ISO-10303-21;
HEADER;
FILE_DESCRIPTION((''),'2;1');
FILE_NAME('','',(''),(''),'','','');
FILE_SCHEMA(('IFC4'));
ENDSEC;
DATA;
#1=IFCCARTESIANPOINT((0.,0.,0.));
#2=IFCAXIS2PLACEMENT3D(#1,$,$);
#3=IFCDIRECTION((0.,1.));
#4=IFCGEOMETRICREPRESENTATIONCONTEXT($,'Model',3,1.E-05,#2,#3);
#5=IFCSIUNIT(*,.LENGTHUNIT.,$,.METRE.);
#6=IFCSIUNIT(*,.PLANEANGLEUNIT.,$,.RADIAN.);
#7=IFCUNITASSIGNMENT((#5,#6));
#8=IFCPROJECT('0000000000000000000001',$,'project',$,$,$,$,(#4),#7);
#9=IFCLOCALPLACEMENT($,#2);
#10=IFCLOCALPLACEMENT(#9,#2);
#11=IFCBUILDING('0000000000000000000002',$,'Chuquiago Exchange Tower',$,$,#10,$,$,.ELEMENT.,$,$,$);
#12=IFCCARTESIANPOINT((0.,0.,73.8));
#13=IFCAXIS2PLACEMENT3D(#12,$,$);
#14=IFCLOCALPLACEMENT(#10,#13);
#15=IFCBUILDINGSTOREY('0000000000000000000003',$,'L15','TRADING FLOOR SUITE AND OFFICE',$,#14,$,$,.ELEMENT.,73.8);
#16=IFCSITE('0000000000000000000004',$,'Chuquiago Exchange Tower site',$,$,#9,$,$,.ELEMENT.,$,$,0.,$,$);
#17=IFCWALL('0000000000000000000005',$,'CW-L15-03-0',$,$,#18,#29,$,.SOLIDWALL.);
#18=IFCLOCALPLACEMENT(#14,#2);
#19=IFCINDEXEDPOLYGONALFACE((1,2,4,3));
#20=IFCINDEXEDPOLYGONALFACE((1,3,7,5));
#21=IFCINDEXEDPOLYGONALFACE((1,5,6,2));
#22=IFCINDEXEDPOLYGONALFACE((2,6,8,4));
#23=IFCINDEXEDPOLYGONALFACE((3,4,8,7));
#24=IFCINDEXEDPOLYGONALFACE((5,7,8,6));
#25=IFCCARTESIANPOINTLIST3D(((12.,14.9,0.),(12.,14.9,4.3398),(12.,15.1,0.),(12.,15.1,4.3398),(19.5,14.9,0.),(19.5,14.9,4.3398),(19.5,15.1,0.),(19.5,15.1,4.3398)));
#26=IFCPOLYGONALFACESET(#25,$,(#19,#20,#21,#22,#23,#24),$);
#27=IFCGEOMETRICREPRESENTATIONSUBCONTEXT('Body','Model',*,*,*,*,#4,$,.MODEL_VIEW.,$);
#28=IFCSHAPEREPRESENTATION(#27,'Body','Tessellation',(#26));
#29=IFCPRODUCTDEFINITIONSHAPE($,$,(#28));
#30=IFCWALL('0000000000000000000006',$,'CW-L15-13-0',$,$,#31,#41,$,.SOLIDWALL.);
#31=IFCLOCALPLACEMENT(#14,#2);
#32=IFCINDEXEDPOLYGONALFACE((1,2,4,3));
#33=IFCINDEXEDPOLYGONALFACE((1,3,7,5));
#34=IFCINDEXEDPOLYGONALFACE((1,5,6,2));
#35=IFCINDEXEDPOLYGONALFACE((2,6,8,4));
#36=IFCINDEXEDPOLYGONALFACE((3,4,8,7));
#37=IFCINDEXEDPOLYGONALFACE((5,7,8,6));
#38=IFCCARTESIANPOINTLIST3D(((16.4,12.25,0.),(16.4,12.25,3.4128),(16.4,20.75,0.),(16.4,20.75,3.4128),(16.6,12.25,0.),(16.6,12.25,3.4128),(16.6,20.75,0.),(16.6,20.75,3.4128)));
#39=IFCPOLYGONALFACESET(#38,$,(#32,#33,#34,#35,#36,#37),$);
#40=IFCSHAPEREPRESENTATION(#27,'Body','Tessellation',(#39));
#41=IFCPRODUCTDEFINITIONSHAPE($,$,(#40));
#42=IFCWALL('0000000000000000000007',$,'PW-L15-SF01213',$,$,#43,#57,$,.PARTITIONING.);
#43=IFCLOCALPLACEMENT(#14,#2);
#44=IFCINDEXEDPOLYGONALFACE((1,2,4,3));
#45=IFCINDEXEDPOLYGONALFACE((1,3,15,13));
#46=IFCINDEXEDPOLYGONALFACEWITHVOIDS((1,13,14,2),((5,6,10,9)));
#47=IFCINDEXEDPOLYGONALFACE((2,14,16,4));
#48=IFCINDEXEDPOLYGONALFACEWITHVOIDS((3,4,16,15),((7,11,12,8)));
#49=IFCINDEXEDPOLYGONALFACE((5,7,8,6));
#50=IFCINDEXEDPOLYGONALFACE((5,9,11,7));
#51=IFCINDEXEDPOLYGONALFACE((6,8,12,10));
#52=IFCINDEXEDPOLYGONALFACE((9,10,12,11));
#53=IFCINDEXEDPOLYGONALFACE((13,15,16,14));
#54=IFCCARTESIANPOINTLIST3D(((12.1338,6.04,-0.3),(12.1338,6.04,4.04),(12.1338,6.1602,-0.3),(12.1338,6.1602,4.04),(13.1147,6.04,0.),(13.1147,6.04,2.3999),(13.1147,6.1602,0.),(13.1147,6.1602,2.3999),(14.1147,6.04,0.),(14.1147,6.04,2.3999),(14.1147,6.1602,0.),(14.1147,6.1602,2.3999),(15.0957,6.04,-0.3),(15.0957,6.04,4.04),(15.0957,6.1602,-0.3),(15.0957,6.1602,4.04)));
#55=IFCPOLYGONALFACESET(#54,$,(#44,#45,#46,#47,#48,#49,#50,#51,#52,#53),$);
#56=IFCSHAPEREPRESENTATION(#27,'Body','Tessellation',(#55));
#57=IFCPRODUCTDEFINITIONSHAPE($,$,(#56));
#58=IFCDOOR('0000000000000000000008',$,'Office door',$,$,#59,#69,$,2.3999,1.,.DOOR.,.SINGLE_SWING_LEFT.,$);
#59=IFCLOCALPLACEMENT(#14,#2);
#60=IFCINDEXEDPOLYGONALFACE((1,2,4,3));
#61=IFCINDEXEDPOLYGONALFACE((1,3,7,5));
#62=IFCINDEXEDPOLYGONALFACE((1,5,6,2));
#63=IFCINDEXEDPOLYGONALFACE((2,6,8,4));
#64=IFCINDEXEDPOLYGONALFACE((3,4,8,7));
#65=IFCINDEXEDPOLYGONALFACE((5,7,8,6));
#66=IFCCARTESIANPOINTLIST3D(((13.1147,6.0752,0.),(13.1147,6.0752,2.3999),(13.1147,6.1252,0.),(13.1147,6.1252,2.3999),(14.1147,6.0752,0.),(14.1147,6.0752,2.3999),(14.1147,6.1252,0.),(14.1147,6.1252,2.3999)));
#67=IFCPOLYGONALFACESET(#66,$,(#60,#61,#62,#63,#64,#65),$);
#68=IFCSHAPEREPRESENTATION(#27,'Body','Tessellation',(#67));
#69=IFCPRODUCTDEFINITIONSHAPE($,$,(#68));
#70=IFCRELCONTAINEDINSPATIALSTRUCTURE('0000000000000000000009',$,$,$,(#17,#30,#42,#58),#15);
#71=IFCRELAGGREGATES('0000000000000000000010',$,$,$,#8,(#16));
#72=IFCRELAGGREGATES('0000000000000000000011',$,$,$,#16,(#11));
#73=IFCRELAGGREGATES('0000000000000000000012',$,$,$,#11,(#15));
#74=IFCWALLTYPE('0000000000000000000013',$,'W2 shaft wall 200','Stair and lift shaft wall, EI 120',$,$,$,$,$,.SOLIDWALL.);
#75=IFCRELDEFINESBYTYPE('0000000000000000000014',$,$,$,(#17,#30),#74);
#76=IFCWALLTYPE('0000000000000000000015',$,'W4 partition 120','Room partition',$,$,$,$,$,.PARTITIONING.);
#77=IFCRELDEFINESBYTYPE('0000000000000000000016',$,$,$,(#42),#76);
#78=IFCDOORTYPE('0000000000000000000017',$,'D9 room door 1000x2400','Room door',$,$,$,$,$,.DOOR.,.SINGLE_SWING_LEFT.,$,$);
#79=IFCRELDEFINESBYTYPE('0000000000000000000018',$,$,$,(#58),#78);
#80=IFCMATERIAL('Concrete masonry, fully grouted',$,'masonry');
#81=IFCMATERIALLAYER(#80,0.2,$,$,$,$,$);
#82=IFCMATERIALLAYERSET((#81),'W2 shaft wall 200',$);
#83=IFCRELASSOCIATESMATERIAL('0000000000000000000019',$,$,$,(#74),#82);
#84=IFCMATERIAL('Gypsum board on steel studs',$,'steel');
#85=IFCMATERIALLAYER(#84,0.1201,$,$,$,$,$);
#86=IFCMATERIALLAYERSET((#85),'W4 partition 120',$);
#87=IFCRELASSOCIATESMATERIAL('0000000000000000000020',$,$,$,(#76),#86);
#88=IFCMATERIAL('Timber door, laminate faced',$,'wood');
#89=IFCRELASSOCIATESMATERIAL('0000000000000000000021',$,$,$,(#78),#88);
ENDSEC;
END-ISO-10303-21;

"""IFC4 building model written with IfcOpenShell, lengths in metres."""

from ifc_helpers import new_model, si_unit, direction, frame, frame_2d, origin, place, context, subcontext, project, spatial, rectangle, extrude, material, layer, layer_set, type_object, element, fill, save


model = new_model("IFC4")

# Units and contexts
model_context = context("Model", 3, precision=1e-05, world=origin(), true_north=direction((0.0, 1.0)))
body_context = subcontext(model_context, "Body", "Model", "MODEL_VIEW")
ifc_project = project(units=[si_unit("LENGTHUNIT", "METRE"), si_unit("PLANEANGLEUNIT", "RADIAN")], contexts=[model_context])

# Site, building, storey
site_placement = place(None, origin())
site = spatial("IfcSite", under=ifc_project, at=site_placement, Name="Chuquiago Exchange Tower site", CompositionType="ELEMENT", RefElevation=0.0)
building_placement = place(site_placement, origin())
building = spatial("IfcBuilding", under=site, at=building_placement, Name="Chuquiago Exchange Tower", CompositionType="ELEMENT")
storey_placement = place(building_placement, frame((0.0, 0.0, 73.8)))
storey = spatial("IfcBuildingStorey", under=building, at=storey_placement, Name="L15", Description="TRADING FLOOR SUITE AND OFFICE", CompositionType="ELEMENT", Elevation=73.8)

# Walls
ifc_material_1 = material(Name="Concrete masonry, fully grouted", Category="masonry")
ifc_layer_1 = layer(ifc_material_1, 0.2)
ifc_layer_set_1 = layer_set([ifc_layer_1], Name="W2 shaft wall 200")
wall_type_1 = type_object("IfcWallType", Name="W2 shaft wall 200", Description="Stair and lift shaft wall, EI 120", PredefinedType="SOLIDWALL", material=ifc_layer_set_1)
wall_1_placement = place(storey_placement, frame((12.0, 15.0, 0.0), z_axis=(0.0, 0.0, 1.0), x_axis=(1.0, 0.0, 0.0)))
element("IfcWall", 1, at=wall_1_placement, inside=storey, type_object=wall_type_1, Name="CW-L15-03-0", PredefinedType="SOLIDWALL", context=body_context, shape_type="SweptSolid", body=[
    extrude(rectangle(XDim=7.5, YDim=0.2, at=frame_2d((3.75, 0.0))), origin(), (0.0, 0.0, 1.0), 4.3398),
])
wall_2_placement = place(storey_placement, frame((16.5, 12.25, 0.0), z_axis=(0.0, 0.0, 1.0), x_axis=(0.0, 1.0, 0.0)))
element("IfcWall", 2, at=wall_2_placement, inside=storey, type_object=wall_type_1, Name="CW-L15-13-0", PredefinedType="SOLIDWALL", context=body_context, shape_type="SweptSolid", body=[
    extrude(rectangle(XDim=8.5, YDim=0.2, at=frame_2d((4.25, 0.0))), origin(), (0.0, 0.0, 1.0), 3.4128),
])

# Wall, opening, door
ifc_material_2 = material(Name="Gypsum board on steel studs", Category="steel")
ifc_layer_2 = layer(ifc_material_2, 0.1201)
ifc_layer_set_2 = layer_set([ifc_layer_2], Name="W4 partition 120")
wall_type_2 = type_object("IfcWallType", Name="W4 partition 120", Description="Room partition", PredefinedType="PARTITIONING", material=ifc_layer_set_2)
wall_3_placement = place(storey_placement, frame((12.1338, 6.1001, -0.3), z_axis=(0.0, 0.0, 1.0), x_axis=(1.0, 0.0, 0.0)))
wall_3 = element("IfcWall", 3, at=wall_3_placement, inside=storey, type_object=wall_type_2, Name="PW-L15-SF01213", PredefinedType="PARTITIONING", context=body_context, shape_type="SweptSolid", body=[
    extrude(rectangle(XDim=2.9619, YDim=0.1201, at=frame_2d((1.481, 0.0))), origin(), (0.0, 0.0, 1.0), 4.3401),
])
opening_1_placement = place(wall_3_placement, frame((0.981, 0.0, 0.3)))
opening_1 = element("IfcOpeningElement", 4, at=opening_1_placement, cuts=wall_3, PredefinedType="OPENING", context=body_context, shape_type="SweptSolid", body=[
    extrude(rectangle(XDim=1.0, YDim=2.3999, at=frame_2d((0.5, 1.2))), frame((0.0, 0.0701, 0.0), z_axis=(0.0, -1.0, 0.0), x_axis=(1.0, 0.0, 0.0)), (0.0, 0.0, 1.0), 0.1401),
])
ifc_material_3 = material(Name="Timber door, laminate faced", Category="wood")
door_type_1 = type_object("IfcDoorType", Name="D9 room door 1000x2400", Description="Room door", OperationType="SINGLE_SWING_LEFT", PredefinedType="DOOR", material=ifc_material_3)
door_1_placement = place(opening_1_placement, frame((1.0, 0.0, 0.0), z_axis=(0.0, 0.0, 1.0), x_axis=(-1.0, 0.0, 0.0)))
door_1 = element("IfcDoor", 5, at=door_1_placement, inside=storey, type_object=door_type_1, Name="Office door", OperationType="SINGLE_SWING_LEFT", OverallHeight=2.3999, OverallWidth=1.0, PredefinedType="DOOR", context=body_context, shape_type="SweptSolid", body=[
    extrude(rectangle(XDim=1.0, YDim=2.3999, at=frame_2d((0.5, 1.2))), frame((0.0, 0.0249, 0.0), z_axis=(0.0, -1.0, 0.0), x_axis=(1.0, 0.0, 0.0)), (0.0, 0.0, 1.0), 0.05),
])
fill(opening_1, door_1)

save(model, "model.ifc")
